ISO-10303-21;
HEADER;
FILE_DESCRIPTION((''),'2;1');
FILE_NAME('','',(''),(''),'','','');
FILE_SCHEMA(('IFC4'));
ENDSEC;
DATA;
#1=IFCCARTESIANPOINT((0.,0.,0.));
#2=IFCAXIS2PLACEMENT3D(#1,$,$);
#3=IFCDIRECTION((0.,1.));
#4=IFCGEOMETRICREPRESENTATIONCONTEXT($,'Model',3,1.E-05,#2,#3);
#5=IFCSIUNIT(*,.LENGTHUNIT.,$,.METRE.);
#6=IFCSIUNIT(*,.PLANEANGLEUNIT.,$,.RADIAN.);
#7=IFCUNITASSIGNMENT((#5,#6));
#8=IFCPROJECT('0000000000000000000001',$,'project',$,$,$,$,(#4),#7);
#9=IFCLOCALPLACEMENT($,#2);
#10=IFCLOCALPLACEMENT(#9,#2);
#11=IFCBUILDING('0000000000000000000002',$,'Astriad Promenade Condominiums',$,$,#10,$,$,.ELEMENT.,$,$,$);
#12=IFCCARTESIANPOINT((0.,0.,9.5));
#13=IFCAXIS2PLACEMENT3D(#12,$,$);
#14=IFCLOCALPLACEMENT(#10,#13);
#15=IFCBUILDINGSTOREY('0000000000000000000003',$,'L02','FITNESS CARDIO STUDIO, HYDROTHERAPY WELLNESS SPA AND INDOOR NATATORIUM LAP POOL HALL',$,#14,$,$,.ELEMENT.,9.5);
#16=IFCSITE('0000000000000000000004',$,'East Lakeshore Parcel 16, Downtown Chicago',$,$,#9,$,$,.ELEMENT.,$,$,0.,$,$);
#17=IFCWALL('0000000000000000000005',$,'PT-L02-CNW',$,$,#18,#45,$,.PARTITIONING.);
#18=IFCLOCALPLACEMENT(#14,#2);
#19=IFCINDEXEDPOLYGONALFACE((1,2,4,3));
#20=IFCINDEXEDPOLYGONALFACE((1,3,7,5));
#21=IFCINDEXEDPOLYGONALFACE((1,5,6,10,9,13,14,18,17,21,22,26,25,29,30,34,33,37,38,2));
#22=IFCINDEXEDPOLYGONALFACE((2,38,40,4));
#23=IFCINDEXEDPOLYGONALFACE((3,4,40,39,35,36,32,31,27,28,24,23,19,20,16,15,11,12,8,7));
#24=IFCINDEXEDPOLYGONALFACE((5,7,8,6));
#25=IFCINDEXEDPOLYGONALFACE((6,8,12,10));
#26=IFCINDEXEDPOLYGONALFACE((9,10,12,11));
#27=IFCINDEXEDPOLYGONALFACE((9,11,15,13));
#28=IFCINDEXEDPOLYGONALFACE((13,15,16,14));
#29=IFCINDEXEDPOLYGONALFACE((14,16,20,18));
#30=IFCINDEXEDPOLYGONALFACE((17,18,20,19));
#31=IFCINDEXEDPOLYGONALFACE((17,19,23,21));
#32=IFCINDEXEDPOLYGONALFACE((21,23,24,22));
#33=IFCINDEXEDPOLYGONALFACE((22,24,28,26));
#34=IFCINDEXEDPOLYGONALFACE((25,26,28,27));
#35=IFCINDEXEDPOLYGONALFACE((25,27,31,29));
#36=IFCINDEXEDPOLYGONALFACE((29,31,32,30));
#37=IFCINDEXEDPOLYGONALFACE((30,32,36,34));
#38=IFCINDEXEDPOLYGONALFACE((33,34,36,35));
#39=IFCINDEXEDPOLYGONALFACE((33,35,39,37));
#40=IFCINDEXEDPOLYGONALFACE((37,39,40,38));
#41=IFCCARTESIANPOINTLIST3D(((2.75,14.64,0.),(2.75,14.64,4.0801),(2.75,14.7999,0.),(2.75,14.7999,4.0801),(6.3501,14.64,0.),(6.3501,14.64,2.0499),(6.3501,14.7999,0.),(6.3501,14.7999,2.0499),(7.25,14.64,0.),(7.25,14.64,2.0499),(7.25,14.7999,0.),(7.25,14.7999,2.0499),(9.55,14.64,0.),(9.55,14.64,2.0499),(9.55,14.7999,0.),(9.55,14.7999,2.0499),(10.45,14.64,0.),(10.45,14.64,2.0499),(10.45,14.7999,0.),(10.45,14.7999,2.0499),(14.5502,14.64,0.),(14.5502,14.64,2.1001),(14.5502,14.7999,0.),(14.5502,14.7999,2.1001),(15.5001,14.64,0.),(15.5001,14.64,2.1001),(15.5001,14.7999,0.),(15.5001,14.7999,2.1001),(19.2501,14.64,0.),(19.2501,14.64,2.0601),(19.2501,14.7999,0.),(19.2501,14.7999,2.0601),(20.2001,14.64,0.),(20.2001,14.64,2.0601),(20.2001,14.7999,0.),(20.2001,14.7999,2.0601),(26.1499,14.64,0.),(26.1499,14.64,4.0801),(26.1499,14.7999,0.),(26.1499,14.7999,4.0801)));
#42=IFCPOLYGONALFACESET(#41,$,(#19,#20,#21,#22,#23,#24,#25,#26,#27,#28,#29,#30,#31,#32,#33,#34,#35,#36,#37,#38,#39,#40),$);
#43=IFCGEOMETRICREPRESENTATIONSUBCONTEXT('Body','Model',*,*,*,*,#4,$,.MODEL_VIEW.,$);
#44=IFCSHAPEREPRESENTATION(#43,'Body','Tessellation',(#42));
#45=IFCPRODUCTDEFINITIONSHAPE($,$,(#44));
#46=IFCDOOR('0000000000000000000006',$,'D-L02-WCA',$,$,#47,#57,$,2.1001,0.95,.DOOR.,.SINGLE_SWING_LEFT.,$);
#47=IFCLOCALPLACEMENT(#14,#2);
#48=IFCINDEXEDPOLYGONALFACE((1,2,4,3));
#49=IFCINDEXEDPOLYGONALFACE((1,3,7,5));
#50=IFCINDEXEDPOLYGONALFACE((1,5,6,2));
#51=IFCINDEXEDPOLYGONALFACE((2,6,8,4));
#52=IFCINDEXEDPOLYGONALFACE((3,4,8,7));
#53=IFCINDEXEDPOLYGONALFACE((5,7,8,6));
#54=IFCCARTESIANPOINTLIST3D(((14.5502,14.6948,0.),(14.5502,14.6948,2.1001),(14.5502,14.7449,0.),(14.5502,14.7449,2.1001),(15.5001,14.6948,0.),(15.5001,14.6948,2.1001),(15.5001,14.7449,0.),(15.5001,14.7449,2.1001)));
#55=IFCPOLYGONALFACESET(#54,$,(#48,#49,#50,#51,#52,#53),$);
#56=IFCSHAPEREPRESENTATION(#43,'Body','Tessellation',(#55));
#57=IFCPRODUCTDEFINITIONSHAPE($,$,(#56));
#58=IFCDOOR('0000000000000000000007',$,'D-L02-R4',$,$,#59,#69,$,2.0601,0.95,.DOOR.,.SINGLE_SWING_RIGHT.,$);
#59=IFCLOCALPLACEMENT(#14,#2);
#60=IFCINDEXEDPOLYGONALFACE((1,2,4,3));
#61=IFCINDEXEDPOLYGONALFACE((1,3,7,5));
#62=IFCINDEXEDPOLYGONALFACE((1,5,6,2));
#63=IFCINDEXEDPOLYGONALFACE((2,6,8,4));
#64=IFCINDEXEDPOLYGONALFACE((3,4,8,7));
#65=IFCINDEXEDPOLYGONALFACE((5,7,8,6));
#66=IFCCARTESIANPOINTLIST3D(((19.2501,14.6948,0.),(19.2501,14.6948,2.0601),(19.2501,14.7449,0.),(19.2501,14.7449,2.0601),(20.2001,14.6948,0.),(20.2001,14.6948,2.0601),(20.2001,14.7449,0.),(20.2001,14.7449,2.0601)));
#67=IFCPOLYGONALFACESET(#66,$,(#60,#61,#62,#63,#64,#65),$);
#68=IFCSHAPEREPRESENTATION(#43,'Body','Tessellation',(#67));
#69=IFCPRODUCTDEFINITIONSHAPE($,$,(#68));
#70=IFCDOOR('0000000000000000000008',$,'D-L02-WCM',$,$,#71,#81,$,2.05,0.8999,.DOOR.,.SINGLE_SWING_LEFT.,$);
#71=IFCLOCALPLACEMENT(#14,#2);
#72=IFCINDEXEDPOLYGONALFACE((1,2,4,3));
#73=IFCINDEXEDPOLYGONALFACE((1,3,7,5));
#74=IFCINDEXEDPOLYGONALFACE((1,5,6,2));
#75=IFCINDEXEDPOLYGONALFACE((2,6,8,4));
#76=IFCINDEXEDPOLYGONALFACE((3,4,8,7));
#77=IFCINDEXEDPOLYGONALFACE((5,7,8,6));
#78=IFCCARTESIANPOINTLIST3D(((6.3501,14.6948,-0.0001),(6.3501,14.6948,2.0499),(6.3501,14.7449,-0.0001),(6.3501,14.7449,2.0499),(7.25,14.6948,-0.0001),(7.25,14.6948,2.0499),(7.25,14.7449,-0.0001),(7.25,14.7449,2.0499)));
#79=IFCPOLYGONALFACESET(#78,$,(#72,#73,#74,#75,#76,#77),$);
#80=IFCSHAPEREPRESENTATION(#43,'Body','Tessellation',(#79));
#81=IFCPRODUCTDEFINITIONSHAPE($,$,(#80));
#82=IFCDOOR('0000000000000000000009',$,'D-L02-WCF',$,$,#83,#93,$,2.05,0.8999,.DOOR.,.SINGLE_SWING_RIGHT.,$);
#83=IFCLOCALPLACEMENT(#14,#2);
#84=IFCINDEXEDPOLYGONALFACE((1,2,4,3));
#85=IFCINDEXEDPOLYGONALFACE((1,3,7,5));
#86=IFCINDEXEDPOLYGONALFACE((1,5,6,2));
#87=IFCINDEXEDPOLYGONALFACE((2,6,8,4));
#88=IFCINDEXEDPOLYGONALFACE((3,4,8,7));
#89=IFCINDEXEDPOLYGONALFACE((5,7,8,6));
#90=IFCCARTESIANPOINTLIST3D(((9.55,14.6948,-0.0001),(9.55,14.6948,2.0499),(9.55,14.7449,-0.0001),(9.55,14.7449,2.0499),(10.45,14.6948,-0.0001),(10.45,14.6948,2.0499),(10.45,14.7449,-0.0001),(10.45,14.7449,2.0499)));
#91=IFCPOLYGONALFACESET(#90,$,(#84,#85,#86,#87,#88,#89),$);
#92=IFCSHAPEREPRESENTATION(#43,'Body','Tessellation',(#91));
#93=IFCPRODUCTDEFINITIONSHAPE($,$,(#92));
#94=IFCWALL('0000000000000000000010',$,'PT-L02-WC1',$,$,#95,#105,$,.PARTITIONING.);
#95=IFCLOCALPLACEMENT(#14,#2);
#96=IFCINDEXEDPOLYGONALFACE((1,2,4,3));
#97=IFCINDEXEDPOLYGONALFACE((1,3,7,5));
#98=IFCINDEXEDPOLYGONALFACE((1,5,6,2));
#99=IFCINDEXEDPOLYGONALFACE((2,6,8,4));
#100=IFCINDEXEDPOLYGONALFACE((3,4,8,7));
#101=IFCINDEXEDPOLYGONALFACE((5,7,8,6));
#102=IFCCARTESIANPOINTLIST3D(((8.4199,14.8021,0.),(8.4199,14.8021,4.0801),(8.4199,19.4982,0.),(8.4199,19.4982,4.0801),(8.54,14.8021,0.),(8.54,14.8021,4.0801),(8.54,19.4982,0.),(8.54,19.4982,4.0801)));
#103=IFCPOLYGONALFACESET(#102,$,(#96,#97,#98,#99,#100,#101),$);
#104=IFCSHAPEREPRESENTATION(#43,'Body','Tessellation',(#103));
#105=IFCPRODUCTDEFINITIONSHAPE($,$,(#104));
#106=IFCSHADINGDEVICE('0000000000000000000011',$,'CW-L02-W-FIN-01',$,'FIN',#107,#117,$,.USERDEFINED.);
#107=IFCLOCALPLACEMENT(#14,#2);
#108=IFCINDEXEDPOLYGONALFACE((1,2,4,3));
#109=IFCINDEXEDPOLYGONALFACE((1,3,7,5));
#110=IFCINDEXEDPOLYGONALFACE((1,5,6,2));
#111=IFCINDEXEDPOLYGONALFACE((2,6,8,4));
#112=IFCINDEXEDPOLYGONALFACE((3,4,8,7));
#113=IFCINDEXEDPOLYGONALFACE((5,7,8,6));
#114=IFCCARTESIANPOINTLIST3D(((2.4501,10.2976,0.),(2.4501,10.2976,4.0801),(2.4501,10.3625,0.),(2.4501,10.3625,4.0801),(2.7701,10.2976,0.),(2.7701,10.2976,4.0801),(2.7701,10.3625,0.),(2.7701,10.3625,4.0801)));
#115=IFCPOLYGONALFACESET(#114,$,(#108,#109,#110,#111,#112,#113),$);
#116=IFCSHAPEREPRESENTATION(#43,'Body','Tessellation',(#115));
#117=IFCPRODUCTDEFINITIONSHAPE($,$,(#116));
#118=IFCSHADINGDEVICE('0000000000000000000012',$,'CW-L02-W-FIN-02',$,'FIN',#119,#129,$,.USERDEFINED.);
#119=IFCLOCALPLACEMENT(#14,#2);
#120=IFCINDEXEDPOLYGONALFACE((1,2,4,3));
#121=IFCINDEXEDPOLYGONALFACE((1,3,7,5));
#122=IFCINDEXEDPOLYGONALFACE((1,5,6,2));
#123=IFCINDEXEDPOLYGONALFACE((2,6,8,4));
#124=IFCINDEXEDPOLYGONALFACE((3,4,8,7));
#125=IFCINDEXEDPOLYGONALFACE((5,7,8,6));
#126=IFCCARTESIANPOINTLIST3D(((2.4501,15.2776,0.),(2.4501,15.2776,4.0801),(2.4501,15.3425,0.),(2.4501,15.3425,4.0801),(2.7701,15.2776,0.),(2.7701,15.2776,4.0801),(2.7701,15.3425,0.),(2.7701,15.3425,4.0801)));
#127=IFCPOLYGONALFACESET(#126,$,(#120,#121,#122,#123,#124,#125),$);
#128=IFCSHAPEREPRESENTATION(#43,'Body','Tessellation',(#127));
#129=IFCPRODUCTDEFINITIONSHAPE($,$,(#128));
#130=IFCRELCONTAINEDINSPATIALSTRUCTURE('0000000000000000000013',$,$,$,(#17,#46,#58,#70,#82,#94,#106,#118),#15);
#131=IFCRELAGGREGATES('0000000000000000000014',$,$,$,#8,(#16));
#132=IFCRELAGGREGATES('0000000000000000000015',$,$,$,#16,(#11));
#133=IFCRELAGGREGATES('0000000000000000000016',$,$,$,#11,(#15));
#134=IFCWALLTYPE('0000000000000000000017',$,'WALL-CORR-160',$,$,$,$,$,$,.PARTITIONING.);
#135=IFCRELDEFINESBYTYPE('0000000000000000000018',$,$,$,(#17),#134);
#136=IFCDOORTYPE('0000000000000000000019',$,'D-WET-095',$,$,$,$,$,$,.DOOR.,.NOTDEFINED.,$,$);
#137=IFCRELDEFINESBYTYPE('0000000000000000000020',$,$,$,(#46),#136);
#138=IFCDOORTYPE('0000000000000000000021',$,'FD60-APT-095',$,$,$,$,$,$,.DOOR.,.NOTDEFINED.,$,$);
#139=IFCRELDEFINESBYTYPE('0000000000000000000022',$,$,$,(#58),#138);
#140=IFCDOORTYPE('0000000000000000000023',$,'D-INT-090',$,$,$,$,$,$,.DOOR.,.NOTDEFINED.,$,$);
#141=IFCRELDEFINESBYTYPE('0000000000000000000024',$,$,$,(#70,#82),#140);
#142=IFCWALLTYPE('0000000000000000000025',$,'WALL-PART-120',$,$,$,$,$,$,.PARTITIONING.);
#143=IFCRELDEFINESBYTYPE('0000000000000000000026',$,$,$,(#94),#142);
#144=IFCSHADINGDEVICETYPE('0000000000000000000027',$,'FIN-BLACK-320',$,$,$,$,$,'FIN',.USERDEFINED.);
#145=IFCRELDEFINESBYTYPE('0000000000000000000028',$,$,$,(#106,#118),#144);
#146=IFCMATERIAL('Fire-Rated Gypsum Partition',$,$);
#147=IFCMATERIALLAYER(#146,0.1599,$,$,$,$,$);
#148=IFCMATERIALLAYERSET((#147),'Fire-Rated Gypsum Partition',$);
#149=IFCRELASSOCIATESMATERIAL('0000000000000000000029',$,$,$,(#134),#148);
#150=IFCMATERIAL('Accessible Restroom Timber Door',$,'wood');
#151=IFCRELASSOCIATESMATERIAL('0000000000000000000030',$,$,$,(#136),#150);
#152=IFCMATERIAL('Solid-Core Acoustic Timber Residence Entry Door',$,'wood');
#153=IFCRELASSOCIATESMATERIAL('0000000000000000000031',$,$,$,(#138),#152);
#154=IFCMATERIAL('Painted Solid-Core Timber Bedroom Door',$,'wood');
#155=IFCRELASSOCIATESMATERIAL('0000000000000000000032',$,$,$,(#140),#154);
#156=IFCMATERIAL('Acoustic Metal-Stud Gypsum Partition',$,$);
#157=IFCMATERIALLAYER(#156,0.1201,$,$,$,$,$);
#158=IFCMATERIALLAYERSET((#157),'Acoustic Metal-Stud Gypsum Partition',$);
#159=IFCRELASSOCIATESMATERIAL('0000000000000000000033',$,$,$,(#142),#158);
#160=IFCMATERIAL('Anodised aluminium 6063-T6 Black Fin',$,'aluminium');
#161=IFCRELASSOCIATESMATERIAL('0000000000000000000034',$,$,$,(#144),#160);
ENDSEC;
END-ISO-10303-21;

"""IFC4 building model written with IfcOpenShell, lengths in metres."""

from ifc_helpers import new_model, si_unit, direction, frame, frame_2d, origin, origin_2d, place, context, subcontext, project, spatial, rectangle, extrude, source, transform, mapped, material, layer, layer_set, type_object, type_shapes, element, fill, save


model = new_model("IFC4")

# Units and contexts
model_context = context("Model", 3, precision=1e-05, world=origin(), true_north=direction((0.0, 1.0)))
body_context = subcontext(model_context, "Body", "Model", "MODEL_VIEW")
ifc_project = project(units=[si_unit("LENGTHUNIT", "METRE"), si_unit("PLANEANGLEUNIT", "RADIAN")], contexts=[model_context])

# Site, building, storey
site_placement = place(None, origin())
site = spatial("IfcSite", under=ifc_project, at=site_placement, Name="East Lakeshore Parcel 16, Downtown Chicago", CompositionType="ELEMENT", RefElevation=0.0)
building_placement = place(site_placement, origin())
building = spatial("IfcBuilding", under=site, at=building_placement, Name="Astriad Promenade Condominiums", CompositionType="ELEMENT")
storey_placement = place(building_placement, frame((0.0, 0.0, 9.5)))
storey = spatial("IfcBuildingStorey", under=building, at=storey_placement, Name="L02", Description="FITNESS CARDIO STUDIO, HYDROTHERAPY WELLNESS SPA AND INDOOR NATATORIUM LAP POOL HALL", CompositionType="ELEMENT", Elevation=9.5)

# Wall, openings, doors
ifc_material_1 = material(Name="Fire-Rated Gypsum Partition")
ifc_layer_1 = layer(ifc_material_1, 0.1599)
ifc_layer_set_1 = layer_set([ifc_layer_1], Name="Fire-Rated Gypsum Partition")
wall_type_1 = type_object("IfcWallType", Name="WALL-CORR-160", PredefinedType="PARTITIONING", material=ifc_layer_set_1)
wall_1_placement = place(storey_placement, frame((2.75, 14.72, 0.0), z_axis=(0.0, 0.0, 1.0), x_axis=(1.0, 0.0, 0.0)))
wall_1 = element("IfcWall", 1, at=wall_1_placement, inside=storey, type_object=wall_type_1, Name="PT-L02-CNW", PredefinedType="PARTITIONING", context=body_context, shape_type="SweptSolid", body=[
    extrude(rectangle(XDim=23.3999, YDim=0.1599, at=frame_2d((11.7, 0.0))), origin(), (0.0, 0.0, 1.0), 4.0801),
])
opening_1_placement = place(wall_1_placement, frame((16.5, 0.0, 0.0)))
opening_1 = element("IfcOpeningElement", 2, at=opening_1_placement, cuts=wall_1, PredefinedType="OPENING", context=body_context, shape_type="SweptSolid", body=[
    extrude(rectangle(XDim=0.95, YDim=2.0601, at=frame_2d((0.4751, 1.03))), frame((0.0, 0.0898, 0.0), z_axis=(0.0, -1.0, 0.0), x_axis=(1.0, 0.0, 0.0)), (0.0, 0.0, 1.0), 0.1799),
])
opening_2_placement = place(wall_1_placement, frame((3.6001, 0.0, 0.0)))
opening_2 = element("IfcOpeningElement", 3, at=opening_2_placement, cuts=wall_1, PredefinedType="OPENING", context=body_context, shape_type="SweptSolid", body=[
    extrude(rectangle(XDim=0.8999, YDim=2.05, at=frame_2d((0.45, 1.0249))), frame((0.0, 0.0898, 0.0), z_axis=(0.0, -1.0, 0.0), x_axis=(1.0, 0.0, 0.0)), (0.0, 0.0, 1.0), 0.1799),
])
opening_3_placement = place(wall_1_placement, frame((6.8, 0.0, 0.0)))
opening_3 = element("IfcOpeningElement", 4, at=opening_3_placement, cuts=wall_1, PredefinedType="OPENING", context=body_context, shape_type="SweptSolid", body=[
    extrude(rectangle(XDim=0.8999, YDim=2.05, at=frame_2d((0.45, 1.0249))), frame((0.0, 0.0898, 0.0), z_axis=(0.0, -1.0, 0.0), x_axis=(1.0, 0.0, 0.0)), (0.0, 0.0, 1.0), 0.1799),
])
opening_4_placement = place(wall_1_placement, frame((11.8, 0.0, 0.0)))
opening_4 = element("IfcOpeningElement", 5, at=opening_4_placement, cuts=wall_1, PredefinedType="OPENING", context=body_context, shape_type="SweptSolid", body=[
    extrude(rectangle(XDim=0.95, YDim=2.1001, at=frame_2d((0.4751, 1.05))), frame((0.0, 0.0898, 0.0), z_axis=(0.0, -1.0, 0.0), x_axis=(1.0, 0.0, 0.0)), (0.0, 0.0, 1.0), 0.1799),
])
ifc_material_2 = material(Name="Accessible Restroom Timber Door", Category="wood")
door_type_1 = type_object("IfcDoorType", Name="D-WET-095", OperationType="NOTDEFINED", PredefinedType="DOOR", material=ifc_material_2)
shared_shape_1 = source(origin(), body_context, "Body", "SweptSolid", [
    extrude(rectangle(XDim=0.95, YDim=2.1001, at=frame_2d((0.4751, 1.05))), frame((0.0, 0.0249, 0.0), z_axis=(0.0, -1.0, 0.0), x_axis=(1.0, 0.0, 0.0)), (0.0, 0.0, 1.0), 0.05),
])
type_shapes(door_type_1, [shared_shape_1])
door_1_placement = place(opening_4_placement, origin())
door_1 = element("IfcDoor", 6, at=door_1_placement, inside=storey, type_object=door_type_1, Name="D-L02-WCA", OperationType="SINGLE_SWING_LEFT", OverallHeight=2.1001, OverallWidth=0.95, PredefinedType="DOOR", context=body_context, shape_type="MappedRepresentation", body=[
    mapped(shared_shape_1, transform((0.0, 0.0, 0.0), scale=1.0)),
])
fill(opening_4, door_1)
ifc_material_3 = material(Name="Solid-Core Acoustic Timber Residence Entry Door", Category="wood")
door_type_2 = type_object("IfcDoorType", Name="FD60-APT-095", OperationType="NOTDEFINED", PredefinedType="DOOR", material=ifc_material_3)
shared_shape_2 = source(origin(), body_context, "Body", "SweptSolid", [
    extrude(rectangle(XDim=0.95, YDim=2.0601, at=frame_2d((0.4751, 1.03))), frame((0.0, 0.0249, 0.0), z_axis=(0.0, -1.0, 0.0), x_axis=(1.0, 0.0, 0.0)), (0.0, 0.0, 1.0), 0.05),
])
type_shapes(door_type_2, [shared_shape_2])
door_2_placement = place(opening_1_placement, origin())
door_2 = element("IfcDoor", 7, at=door_2_placement, inside=storey, type_object=door_type_2, Name="D-L02-R4", OperationType="SINGLE_SWING_RIGHT", OverallHeight=2.0601, OverallWidth=0.95, PredefinedType="DOOR", context=body_context, shape_type="MappedRepresentation", body=[
    mapped(shared_shape_2, transform((0.0, 0.0, 0.0), scale=1.0)),
])
fill(opening_1, door_2)
ifc_material_4 = material(Name="Painted Solid-Core Timber Bedroom Door", Category="wood")
door_type_3 = type_object("IfcDoorType", Name="D-INT-090", OperationType="NOTDEFINED", PredefinedType="DOOR", material=ifc_material_4)
shared_shape_3 = source(origin(), body_context, "Body", "SweptSolid", [
    extrude(rectangle(XDim=0.8999, YDim=2.05, at=frame_2d((0.45, 1.0249))), frame((0.0, 0.0249, 0.0), z_axis=(0.0, -1.0, 0.0), x_axis=(1.0, 0.0, 0.0)), (0.0, 0.0, 1.0), 0.05),
])
type_shapes(door_type_3, [shared_shape_3])
door_3_placement = place(opening_2_placement, origin())
door_3 = element("IfcDoor", 8, at=door_3_placement, inside=storey, type_object=door_type_3, Name="D-L02-WCM", OperationType="SINGLE_SWING_LEFT", OverallHeight=2.05, OverallWidth=0.8999, PredefinedType="DOOR", context=body_context, shape_type="MappedRepresentation", body=[
    mapped(shared_shape_3, transform((0.0, 0.0, 0.0), scale=1.0)),
])
fill(opening_2, door_3)
door_4_placement = place(opening_3_placement, origin())
door_4 = element("IfcDoor", 9, at=door_4_placement, inside=storey, type_object=door_type_3, Name="D-L02-WCF", OperationType="SINGLE_SWING_RIGHT", OverallHeight=2.05, OverallWidth=0.8999, PredefinedType="DOOR", context=body_context, shape_type="MappedRepresentation", body=[
    mapped(shared_shape_3, transform((0.0, 0.0, 0.0), scale=1.0)),
])
fill(opening_3, door_4)

# Wall
ifc_material_5 = material(Name="Acoustic Metal-Stud Gypsum Partition")
ifc_layer_2 = layer(ifc_material_5, 0.1201)
ifc_layer_set_2 = layer_set([ifc_layer_2], Name="Acoustic Metal-Stud Gypsum Partition")
wall_type_2 = type_object("IfcWallType", Name="WALL-PART-120", PredefinedType="PARTITIONING", material=ifc_layer_set_2)
wall_2_placement = place(storey_placement, frame((8.48, 14.802, 0.0), z_axis=(0.0, 0.0, 1.0), x_axis=(0.0, 1.0, 0.0)))
element("IfcWall", 10, at=wall_2_placement, inside=storey, type_object=wall_type_2, Name="PT-L02-WC1", PredefinedType="PARTITIONING", context=body_context, shape_type="SweptSolid", body=[
    extrude(rectangle(XDim=4.696, YDim=0.1201, at=frame_2d((2.3481, 0.0))), origin(), (0.0, 0.0, 1.0), 4.0801),
])

# Shading devices
ifc_material_6 = material(Name="Anodised aluminium 6063-T6 Black Fin", Category="aluminium")
shading_device_type = type_object("IfcShadingDeviceType", Name="FIN-BLACK-320", ElementType="FIN", PredefinedType="USERDEFINED", material=ifc_material_6)
shared_shape_4 = source(origin(), body_context, "Body", "SweptSolid", [
    extrude(rectangle(XDim=0.0649, YDim=0.3201, at=origin_2d()), origin(), (0.0, 0.0, 1.0), 4.0801),
])
type_shapes(shading_device_type, [shared_shape_4])
for number, where, z_axis, x_axis, name in (
    (11, (2.6101, 10.3301, 0.0), (0.0, 0.0, 1.0), (0.0, 1.0, 0.0), "CW-L02-W-FIN-01"),
    (12, (2.6101, 15.3101, 0.0), (0.0, 0.0, 1.0), (0.0, 1.0, 0.0), "CW-L02-W-FIN-02"),
):
    element("IfcShadingDevice", number, at=place(storey_placement, frame(where, z_axis=z_axis, x_axis=x_axis)), inside=storey, type_object=shading_device_type, Name=name, ObjectType="FIN", PredefinedType="USERDEFINED", context=body_context, shape_type="MappedRepresentation", body=[
        mapped(shared_shape_4, transform((0.0, 0.0, 0.0), scale=1.0)),
    ])

save(model, "model.ifc")
